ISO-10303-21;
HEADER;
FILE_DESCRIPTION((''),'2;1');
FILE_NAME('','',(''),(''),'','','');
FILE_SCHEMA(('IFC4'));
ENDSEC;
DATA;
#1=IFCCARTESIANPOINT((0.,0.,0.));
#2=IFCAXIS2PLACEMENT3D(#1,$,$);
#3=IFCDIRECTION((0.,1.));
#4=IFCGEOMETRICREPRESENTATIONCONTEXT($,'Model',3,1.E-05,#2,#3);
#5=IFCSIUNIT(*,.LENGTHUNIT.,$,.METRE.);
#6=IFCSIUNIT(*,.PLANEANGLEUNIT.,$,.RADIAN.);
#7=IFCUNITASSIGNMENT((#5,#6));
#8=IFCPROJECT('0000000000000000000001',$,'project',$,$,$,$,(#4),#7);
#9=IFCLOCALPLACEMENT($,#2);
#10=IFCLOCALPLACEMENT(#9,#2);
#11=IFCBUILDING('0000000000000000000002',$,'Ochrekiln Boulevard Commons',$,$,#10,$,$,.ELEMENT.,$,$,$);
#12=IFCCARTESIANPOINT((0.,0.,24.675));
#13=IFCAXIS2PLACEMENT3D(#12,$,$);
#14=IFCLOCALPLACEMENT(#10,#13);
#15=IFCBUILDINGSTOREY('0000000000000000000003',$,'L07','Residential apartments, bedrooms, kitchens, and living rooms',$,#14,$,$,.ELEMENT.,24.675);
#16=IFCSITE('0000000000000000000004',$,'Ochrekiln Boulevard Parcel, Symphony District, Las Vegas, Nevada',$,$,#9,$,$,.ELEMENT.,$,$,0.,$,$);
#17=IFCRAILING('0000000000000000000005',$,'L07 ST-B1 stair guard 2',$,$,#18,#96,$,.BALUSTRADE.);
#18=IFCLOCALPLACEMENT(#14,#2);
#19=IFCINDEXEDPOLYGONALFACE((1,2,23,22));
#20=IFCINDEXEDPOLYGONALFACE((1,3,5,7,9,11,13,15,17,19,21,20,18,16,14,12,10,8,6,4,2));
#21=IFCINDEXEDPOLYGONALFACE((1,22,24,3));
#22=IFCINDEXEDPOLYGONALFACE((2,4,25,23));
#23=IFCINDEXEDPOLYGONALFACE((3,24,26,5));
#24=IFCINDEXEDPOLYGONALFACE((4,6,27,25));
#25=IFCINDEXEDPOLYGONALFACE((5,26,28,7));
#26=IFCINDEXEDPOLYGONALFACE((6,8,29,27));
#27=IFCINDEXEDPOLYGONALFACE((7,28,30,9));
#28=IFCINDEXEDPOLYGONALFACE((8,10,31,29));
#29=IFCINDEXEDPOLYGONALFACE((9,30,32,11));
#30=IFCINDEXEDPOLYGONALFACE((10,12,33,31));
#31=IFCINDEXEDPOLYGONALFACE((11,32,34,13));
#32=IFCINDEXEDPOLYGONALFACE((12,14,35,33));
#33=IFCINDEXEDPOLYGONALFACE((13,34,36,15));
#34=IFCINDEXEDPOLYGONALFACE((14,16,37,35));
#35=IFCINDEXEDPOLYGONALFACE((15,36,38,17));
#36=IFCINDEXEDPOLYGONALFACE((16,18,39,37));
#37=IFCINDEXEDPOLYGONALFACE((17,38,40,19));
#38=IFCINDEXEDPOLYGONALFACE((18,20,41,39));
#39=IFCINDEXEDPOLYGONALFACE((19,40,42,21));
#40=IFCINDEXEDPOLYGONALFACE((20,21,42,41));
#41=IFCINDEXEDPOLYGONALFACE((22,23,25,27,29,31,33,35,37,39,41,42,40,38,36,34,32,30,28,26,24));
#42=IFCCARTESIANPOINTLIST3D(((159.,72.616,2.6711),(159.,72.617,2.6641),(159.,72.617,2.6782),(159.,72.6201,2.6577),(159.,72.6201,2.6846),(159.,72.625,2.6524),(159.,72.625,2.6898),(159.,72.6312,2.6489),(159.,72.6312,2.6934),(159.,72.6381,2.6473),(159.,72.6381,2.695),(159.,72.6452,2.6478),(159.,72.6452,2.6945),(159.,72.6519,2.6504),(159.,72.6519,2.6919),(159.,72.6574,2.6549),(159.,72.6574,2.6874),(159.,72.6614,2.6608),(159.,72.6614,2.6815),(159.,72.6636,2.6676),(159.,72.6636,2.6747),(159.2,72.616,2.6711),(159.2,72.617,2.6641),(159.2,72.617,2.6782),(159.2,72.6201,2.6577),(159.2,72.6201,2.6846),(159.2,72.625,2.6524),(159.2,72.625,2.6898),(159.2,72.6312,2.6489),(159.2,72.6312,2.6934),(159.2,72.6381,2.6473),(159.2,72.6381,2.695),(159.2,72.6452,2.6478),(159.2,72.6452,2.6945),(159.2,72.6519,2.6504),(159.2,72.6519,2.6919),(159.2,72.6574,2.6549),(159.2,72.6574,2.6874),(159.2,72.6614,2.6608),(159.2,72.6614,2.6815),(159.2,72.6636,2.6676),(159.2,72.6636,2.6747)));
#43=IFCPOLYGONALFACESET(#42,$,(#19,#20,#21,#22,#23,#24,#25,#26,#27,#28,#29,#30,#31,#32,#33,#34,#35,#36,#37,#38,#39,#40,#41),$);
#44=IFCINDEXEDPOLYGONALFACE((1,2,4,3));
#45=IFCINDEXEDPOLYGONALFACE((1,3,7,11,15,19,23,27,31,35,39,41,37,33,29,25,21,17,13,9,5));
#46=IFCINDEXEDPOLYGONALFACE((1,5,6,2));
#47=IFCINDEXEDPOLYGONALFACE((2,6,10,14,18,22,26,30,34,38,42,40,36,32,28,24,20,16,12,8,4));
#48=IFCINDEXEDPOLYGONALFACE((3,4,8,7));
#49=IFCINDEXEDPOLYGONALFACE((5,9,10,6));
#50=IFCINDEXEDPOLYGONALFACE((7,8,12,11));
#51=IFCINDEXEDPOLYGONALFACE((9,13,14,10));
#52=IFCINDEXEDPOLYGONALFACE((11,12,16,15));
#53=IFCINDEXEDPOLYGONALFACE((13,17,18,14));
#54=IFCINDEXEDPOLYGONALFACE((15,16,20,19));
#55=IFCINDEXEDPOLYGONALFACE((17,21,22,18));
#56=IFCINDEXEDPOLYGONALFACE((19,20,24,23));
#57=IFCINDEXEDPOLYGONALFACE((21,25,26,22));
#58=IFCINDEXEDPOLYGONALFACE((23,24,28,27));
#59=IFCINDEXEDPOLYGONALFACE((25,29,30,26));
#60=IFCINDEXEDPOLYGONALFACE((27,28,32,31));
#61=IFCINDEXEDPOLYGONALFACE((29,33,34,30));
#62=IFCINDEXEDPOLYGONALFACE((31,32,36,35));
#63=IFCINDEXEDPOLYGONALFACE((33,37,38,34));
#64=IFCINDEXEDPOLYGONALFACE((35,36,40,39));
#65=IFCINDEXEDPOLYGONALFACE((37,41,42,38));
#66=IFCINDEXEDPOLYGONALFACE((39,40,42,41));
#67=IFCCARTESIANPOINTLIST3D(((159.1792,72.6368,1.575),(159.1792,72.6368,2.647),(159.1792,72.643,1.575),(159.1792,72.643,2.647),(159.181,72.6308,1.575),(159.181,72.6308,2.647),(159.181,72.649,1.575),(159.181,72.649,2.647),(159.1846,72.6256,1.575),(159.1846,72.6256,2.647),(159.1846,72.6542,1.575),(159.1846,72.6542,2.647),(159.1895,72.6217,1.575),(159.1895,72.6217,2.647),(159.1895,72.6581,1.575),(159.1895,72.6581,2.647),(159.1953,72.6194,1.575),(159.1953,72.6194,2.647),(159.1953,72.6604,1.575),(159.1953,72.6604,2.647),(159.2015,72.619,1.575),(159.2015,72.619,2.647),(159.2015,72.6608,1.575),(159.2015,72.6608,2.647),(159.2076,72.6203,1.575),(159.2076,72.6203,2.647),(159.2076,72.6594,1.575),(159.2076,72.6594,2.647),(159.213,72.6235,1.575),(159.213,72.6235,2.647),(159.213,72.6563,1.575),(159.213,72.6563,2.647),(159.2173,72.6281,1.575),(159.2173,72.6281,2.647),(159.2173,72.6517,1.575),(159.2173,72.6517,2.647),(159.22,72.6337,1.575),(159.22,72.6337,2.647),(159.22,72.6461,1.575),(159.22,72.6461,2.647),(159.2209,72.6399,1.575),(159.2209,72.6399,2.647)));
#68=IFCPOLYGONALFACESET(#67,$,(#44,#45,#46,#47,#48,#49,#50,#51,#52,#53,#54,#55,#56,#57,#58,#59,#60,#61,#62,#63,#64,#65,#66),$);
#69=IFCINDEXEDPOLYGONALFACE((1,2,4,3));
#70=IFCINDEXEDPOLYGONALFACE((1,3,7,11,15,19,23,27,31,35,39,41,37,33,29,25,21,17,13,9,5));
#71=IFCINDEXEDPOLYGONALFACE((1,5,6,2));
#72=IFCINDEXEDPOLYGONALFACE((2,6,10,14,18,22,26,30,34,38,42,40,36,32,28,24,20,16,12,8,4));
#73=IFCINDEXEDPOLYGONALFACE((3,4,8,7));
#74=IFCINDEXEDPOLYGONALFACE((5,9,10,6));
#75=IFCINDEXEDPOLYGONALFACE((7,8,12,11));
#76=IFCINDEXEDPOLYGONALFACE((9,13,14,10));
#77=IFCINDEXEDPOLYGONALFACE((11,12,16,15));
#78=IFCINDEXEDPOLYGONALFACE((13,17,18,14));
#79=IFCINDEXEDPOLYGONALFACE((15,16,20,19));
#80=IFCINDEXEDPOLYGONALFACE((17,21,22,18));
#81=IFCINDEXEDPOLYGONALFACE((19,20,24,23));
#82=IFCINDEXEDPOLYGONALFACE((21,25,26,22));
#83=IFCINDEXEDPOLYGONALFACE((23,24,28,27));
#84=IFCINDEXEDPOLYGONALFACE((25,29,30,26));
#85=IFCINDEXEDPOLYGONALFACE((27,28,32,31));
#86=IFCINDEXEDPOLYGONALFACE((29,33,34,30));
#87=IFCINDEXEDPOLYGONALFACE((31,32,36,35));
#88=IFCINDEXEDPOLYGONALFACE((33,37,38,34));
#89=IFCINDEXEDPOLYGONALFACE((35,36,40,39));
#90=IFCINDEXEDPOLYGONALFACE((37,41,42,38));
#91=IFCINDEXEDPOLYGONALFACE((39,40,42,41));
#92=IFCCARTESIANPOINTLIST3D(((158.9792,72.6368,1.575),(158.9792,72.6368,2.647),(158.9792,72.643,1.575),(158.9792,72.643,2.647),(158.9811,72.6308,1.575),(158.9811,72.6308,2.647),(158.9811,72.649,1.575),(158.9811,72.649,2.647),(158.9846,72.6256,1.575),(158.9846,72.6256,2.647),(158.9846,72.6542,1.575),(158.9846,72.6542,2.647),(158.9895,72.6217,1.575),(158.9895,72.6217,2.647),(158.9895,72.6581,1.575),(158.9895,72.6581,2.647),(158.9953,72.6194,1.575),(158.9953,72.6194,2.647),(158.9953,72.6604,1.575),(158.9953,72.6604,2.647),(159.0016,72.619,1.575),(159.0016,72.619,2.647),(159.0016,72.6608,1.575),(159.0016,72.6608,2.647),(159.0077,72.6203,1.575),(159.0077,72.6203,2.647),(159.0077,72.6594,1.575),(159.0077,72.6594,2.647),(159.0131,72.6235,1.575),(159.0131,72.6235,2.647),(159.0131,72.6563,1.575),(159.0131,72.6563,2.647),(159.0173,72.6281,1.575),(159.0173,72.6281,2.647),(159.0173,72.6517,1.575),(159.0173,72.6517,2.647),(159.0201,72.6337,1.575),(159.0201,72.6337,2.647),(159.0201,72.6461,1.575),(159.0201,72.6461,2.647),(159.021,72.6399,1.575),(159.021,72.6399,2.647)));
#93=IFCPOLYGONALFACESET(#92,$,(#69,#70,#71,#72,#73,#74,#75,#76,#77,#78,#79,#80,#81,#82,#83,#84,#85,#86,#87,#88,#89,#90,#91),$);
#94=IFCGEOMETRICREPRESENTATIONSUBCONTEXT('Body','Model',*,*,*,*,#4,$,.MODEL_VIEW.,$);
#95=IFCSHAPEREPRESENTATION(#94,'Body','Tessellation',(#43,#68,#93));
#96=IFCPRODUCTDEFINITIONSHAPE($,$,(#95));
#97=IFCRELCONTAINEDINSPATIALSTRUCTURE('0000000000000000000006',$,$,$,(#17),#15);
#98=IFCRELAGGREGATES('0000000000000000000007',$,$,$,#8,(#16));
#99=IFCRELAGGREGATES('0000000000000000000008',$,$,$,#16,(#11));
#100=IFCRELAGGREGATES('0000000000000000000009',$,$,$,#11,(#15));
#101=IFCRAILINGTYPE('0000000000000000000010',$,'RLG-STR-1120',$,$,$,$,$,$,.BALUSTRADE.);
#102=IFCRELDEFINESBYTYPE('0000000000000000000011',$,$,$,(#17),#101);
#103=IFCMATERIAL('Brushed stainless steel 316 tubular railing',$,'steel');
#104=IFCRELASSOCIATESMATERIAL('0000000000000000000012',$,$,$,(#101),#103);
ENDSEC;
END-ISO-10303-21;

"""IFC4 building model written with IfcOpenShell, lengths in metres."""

from ifc_helpers import new_model, si_unit, direction, frame, origin, origin_2d, place, context, subcontext, project, spatial, circle, extrude, material, type_object, element, save


model = new_model("IFC4")

# Units and contexts
model_context = context("Model", 3, precision=1e-05, world=origin(), true_north=direction((0.0, 1.0)))
body_context = subcontext(model_context, "Body", "Model", "MODEL_VIEW")
ifc_project = project(units=[si_unit("LENGTHUNIT", "METRE"), si_unit("PLANEANGLEUNIT", "RADIAN")], contexts=[model_context])

# Site, building, storey
site_placement = place(None, origin())
site = spatial("IfcSite", under=ifc_project, at=site_placement, Name="Ochrekiln Boulevard Parcel, Symphony District, Las Vegas, Nevada", CompositionType="ELEMENT", RefElevation=0.0)
building_placement = place(site_placement, origin())
building = spatial("IfcBuilding", under=site, at=building_placement, Name="Ochrekiln Boulevard Commons", CompositionType="ELEMENT")
storey_placement = place(building_placement, frame((0.0, 0.0, 24.675)))
storey = spatial("IfcBuildingStorey", under=building, at=storey_placement, Name="L07", Description="Residential apartments, bedrooms, kitchens, and living rooms", CompositionType="ELEMENT", Elevation=24.675)

# Railing
ifc_material_1 = material(Name="Brushed stainless steel 316 tubular railing", Category="steel")
railing_type_1 = type_object("IfcRailingType", Name="RLG-STR-1120", PredefinedType="BALUSTRADE", material=ifc_material_1)
railing_1_placement = place(storey_placement, frame((159.2, 72.6399, 1.575)))
element("IfcRailing", 1, at=railing_1_placement, inside=storey, type_object=railing_type_1, Name="L07 ST-B1 stair guard 2", PredefinedType="BALUSTRADE", context=body_context, shape_type="SweptSolid", body=[
    extrude(circle(Radius=0.0239, at=origin_2d()), frame((0.0, 0.0, 1.0962), z_axis=(-1.0, 0.0, 0.0), x_axis=(0.0, -1.0, 0.0)), (0.0, 0.0, 1.0), 0.2),
    extrude(circle(Radius=0.021, at=origin_2d()), origin(), (0.0, 0.0, 1.0), 1.072),
    extrude(circle(Radius=0.021, at=origin_2d()), frame((-0.2, 0.0, 0.0)), (0.0, 0.0, 1.0), 1.072),
])

save(model, "model.ifc")
